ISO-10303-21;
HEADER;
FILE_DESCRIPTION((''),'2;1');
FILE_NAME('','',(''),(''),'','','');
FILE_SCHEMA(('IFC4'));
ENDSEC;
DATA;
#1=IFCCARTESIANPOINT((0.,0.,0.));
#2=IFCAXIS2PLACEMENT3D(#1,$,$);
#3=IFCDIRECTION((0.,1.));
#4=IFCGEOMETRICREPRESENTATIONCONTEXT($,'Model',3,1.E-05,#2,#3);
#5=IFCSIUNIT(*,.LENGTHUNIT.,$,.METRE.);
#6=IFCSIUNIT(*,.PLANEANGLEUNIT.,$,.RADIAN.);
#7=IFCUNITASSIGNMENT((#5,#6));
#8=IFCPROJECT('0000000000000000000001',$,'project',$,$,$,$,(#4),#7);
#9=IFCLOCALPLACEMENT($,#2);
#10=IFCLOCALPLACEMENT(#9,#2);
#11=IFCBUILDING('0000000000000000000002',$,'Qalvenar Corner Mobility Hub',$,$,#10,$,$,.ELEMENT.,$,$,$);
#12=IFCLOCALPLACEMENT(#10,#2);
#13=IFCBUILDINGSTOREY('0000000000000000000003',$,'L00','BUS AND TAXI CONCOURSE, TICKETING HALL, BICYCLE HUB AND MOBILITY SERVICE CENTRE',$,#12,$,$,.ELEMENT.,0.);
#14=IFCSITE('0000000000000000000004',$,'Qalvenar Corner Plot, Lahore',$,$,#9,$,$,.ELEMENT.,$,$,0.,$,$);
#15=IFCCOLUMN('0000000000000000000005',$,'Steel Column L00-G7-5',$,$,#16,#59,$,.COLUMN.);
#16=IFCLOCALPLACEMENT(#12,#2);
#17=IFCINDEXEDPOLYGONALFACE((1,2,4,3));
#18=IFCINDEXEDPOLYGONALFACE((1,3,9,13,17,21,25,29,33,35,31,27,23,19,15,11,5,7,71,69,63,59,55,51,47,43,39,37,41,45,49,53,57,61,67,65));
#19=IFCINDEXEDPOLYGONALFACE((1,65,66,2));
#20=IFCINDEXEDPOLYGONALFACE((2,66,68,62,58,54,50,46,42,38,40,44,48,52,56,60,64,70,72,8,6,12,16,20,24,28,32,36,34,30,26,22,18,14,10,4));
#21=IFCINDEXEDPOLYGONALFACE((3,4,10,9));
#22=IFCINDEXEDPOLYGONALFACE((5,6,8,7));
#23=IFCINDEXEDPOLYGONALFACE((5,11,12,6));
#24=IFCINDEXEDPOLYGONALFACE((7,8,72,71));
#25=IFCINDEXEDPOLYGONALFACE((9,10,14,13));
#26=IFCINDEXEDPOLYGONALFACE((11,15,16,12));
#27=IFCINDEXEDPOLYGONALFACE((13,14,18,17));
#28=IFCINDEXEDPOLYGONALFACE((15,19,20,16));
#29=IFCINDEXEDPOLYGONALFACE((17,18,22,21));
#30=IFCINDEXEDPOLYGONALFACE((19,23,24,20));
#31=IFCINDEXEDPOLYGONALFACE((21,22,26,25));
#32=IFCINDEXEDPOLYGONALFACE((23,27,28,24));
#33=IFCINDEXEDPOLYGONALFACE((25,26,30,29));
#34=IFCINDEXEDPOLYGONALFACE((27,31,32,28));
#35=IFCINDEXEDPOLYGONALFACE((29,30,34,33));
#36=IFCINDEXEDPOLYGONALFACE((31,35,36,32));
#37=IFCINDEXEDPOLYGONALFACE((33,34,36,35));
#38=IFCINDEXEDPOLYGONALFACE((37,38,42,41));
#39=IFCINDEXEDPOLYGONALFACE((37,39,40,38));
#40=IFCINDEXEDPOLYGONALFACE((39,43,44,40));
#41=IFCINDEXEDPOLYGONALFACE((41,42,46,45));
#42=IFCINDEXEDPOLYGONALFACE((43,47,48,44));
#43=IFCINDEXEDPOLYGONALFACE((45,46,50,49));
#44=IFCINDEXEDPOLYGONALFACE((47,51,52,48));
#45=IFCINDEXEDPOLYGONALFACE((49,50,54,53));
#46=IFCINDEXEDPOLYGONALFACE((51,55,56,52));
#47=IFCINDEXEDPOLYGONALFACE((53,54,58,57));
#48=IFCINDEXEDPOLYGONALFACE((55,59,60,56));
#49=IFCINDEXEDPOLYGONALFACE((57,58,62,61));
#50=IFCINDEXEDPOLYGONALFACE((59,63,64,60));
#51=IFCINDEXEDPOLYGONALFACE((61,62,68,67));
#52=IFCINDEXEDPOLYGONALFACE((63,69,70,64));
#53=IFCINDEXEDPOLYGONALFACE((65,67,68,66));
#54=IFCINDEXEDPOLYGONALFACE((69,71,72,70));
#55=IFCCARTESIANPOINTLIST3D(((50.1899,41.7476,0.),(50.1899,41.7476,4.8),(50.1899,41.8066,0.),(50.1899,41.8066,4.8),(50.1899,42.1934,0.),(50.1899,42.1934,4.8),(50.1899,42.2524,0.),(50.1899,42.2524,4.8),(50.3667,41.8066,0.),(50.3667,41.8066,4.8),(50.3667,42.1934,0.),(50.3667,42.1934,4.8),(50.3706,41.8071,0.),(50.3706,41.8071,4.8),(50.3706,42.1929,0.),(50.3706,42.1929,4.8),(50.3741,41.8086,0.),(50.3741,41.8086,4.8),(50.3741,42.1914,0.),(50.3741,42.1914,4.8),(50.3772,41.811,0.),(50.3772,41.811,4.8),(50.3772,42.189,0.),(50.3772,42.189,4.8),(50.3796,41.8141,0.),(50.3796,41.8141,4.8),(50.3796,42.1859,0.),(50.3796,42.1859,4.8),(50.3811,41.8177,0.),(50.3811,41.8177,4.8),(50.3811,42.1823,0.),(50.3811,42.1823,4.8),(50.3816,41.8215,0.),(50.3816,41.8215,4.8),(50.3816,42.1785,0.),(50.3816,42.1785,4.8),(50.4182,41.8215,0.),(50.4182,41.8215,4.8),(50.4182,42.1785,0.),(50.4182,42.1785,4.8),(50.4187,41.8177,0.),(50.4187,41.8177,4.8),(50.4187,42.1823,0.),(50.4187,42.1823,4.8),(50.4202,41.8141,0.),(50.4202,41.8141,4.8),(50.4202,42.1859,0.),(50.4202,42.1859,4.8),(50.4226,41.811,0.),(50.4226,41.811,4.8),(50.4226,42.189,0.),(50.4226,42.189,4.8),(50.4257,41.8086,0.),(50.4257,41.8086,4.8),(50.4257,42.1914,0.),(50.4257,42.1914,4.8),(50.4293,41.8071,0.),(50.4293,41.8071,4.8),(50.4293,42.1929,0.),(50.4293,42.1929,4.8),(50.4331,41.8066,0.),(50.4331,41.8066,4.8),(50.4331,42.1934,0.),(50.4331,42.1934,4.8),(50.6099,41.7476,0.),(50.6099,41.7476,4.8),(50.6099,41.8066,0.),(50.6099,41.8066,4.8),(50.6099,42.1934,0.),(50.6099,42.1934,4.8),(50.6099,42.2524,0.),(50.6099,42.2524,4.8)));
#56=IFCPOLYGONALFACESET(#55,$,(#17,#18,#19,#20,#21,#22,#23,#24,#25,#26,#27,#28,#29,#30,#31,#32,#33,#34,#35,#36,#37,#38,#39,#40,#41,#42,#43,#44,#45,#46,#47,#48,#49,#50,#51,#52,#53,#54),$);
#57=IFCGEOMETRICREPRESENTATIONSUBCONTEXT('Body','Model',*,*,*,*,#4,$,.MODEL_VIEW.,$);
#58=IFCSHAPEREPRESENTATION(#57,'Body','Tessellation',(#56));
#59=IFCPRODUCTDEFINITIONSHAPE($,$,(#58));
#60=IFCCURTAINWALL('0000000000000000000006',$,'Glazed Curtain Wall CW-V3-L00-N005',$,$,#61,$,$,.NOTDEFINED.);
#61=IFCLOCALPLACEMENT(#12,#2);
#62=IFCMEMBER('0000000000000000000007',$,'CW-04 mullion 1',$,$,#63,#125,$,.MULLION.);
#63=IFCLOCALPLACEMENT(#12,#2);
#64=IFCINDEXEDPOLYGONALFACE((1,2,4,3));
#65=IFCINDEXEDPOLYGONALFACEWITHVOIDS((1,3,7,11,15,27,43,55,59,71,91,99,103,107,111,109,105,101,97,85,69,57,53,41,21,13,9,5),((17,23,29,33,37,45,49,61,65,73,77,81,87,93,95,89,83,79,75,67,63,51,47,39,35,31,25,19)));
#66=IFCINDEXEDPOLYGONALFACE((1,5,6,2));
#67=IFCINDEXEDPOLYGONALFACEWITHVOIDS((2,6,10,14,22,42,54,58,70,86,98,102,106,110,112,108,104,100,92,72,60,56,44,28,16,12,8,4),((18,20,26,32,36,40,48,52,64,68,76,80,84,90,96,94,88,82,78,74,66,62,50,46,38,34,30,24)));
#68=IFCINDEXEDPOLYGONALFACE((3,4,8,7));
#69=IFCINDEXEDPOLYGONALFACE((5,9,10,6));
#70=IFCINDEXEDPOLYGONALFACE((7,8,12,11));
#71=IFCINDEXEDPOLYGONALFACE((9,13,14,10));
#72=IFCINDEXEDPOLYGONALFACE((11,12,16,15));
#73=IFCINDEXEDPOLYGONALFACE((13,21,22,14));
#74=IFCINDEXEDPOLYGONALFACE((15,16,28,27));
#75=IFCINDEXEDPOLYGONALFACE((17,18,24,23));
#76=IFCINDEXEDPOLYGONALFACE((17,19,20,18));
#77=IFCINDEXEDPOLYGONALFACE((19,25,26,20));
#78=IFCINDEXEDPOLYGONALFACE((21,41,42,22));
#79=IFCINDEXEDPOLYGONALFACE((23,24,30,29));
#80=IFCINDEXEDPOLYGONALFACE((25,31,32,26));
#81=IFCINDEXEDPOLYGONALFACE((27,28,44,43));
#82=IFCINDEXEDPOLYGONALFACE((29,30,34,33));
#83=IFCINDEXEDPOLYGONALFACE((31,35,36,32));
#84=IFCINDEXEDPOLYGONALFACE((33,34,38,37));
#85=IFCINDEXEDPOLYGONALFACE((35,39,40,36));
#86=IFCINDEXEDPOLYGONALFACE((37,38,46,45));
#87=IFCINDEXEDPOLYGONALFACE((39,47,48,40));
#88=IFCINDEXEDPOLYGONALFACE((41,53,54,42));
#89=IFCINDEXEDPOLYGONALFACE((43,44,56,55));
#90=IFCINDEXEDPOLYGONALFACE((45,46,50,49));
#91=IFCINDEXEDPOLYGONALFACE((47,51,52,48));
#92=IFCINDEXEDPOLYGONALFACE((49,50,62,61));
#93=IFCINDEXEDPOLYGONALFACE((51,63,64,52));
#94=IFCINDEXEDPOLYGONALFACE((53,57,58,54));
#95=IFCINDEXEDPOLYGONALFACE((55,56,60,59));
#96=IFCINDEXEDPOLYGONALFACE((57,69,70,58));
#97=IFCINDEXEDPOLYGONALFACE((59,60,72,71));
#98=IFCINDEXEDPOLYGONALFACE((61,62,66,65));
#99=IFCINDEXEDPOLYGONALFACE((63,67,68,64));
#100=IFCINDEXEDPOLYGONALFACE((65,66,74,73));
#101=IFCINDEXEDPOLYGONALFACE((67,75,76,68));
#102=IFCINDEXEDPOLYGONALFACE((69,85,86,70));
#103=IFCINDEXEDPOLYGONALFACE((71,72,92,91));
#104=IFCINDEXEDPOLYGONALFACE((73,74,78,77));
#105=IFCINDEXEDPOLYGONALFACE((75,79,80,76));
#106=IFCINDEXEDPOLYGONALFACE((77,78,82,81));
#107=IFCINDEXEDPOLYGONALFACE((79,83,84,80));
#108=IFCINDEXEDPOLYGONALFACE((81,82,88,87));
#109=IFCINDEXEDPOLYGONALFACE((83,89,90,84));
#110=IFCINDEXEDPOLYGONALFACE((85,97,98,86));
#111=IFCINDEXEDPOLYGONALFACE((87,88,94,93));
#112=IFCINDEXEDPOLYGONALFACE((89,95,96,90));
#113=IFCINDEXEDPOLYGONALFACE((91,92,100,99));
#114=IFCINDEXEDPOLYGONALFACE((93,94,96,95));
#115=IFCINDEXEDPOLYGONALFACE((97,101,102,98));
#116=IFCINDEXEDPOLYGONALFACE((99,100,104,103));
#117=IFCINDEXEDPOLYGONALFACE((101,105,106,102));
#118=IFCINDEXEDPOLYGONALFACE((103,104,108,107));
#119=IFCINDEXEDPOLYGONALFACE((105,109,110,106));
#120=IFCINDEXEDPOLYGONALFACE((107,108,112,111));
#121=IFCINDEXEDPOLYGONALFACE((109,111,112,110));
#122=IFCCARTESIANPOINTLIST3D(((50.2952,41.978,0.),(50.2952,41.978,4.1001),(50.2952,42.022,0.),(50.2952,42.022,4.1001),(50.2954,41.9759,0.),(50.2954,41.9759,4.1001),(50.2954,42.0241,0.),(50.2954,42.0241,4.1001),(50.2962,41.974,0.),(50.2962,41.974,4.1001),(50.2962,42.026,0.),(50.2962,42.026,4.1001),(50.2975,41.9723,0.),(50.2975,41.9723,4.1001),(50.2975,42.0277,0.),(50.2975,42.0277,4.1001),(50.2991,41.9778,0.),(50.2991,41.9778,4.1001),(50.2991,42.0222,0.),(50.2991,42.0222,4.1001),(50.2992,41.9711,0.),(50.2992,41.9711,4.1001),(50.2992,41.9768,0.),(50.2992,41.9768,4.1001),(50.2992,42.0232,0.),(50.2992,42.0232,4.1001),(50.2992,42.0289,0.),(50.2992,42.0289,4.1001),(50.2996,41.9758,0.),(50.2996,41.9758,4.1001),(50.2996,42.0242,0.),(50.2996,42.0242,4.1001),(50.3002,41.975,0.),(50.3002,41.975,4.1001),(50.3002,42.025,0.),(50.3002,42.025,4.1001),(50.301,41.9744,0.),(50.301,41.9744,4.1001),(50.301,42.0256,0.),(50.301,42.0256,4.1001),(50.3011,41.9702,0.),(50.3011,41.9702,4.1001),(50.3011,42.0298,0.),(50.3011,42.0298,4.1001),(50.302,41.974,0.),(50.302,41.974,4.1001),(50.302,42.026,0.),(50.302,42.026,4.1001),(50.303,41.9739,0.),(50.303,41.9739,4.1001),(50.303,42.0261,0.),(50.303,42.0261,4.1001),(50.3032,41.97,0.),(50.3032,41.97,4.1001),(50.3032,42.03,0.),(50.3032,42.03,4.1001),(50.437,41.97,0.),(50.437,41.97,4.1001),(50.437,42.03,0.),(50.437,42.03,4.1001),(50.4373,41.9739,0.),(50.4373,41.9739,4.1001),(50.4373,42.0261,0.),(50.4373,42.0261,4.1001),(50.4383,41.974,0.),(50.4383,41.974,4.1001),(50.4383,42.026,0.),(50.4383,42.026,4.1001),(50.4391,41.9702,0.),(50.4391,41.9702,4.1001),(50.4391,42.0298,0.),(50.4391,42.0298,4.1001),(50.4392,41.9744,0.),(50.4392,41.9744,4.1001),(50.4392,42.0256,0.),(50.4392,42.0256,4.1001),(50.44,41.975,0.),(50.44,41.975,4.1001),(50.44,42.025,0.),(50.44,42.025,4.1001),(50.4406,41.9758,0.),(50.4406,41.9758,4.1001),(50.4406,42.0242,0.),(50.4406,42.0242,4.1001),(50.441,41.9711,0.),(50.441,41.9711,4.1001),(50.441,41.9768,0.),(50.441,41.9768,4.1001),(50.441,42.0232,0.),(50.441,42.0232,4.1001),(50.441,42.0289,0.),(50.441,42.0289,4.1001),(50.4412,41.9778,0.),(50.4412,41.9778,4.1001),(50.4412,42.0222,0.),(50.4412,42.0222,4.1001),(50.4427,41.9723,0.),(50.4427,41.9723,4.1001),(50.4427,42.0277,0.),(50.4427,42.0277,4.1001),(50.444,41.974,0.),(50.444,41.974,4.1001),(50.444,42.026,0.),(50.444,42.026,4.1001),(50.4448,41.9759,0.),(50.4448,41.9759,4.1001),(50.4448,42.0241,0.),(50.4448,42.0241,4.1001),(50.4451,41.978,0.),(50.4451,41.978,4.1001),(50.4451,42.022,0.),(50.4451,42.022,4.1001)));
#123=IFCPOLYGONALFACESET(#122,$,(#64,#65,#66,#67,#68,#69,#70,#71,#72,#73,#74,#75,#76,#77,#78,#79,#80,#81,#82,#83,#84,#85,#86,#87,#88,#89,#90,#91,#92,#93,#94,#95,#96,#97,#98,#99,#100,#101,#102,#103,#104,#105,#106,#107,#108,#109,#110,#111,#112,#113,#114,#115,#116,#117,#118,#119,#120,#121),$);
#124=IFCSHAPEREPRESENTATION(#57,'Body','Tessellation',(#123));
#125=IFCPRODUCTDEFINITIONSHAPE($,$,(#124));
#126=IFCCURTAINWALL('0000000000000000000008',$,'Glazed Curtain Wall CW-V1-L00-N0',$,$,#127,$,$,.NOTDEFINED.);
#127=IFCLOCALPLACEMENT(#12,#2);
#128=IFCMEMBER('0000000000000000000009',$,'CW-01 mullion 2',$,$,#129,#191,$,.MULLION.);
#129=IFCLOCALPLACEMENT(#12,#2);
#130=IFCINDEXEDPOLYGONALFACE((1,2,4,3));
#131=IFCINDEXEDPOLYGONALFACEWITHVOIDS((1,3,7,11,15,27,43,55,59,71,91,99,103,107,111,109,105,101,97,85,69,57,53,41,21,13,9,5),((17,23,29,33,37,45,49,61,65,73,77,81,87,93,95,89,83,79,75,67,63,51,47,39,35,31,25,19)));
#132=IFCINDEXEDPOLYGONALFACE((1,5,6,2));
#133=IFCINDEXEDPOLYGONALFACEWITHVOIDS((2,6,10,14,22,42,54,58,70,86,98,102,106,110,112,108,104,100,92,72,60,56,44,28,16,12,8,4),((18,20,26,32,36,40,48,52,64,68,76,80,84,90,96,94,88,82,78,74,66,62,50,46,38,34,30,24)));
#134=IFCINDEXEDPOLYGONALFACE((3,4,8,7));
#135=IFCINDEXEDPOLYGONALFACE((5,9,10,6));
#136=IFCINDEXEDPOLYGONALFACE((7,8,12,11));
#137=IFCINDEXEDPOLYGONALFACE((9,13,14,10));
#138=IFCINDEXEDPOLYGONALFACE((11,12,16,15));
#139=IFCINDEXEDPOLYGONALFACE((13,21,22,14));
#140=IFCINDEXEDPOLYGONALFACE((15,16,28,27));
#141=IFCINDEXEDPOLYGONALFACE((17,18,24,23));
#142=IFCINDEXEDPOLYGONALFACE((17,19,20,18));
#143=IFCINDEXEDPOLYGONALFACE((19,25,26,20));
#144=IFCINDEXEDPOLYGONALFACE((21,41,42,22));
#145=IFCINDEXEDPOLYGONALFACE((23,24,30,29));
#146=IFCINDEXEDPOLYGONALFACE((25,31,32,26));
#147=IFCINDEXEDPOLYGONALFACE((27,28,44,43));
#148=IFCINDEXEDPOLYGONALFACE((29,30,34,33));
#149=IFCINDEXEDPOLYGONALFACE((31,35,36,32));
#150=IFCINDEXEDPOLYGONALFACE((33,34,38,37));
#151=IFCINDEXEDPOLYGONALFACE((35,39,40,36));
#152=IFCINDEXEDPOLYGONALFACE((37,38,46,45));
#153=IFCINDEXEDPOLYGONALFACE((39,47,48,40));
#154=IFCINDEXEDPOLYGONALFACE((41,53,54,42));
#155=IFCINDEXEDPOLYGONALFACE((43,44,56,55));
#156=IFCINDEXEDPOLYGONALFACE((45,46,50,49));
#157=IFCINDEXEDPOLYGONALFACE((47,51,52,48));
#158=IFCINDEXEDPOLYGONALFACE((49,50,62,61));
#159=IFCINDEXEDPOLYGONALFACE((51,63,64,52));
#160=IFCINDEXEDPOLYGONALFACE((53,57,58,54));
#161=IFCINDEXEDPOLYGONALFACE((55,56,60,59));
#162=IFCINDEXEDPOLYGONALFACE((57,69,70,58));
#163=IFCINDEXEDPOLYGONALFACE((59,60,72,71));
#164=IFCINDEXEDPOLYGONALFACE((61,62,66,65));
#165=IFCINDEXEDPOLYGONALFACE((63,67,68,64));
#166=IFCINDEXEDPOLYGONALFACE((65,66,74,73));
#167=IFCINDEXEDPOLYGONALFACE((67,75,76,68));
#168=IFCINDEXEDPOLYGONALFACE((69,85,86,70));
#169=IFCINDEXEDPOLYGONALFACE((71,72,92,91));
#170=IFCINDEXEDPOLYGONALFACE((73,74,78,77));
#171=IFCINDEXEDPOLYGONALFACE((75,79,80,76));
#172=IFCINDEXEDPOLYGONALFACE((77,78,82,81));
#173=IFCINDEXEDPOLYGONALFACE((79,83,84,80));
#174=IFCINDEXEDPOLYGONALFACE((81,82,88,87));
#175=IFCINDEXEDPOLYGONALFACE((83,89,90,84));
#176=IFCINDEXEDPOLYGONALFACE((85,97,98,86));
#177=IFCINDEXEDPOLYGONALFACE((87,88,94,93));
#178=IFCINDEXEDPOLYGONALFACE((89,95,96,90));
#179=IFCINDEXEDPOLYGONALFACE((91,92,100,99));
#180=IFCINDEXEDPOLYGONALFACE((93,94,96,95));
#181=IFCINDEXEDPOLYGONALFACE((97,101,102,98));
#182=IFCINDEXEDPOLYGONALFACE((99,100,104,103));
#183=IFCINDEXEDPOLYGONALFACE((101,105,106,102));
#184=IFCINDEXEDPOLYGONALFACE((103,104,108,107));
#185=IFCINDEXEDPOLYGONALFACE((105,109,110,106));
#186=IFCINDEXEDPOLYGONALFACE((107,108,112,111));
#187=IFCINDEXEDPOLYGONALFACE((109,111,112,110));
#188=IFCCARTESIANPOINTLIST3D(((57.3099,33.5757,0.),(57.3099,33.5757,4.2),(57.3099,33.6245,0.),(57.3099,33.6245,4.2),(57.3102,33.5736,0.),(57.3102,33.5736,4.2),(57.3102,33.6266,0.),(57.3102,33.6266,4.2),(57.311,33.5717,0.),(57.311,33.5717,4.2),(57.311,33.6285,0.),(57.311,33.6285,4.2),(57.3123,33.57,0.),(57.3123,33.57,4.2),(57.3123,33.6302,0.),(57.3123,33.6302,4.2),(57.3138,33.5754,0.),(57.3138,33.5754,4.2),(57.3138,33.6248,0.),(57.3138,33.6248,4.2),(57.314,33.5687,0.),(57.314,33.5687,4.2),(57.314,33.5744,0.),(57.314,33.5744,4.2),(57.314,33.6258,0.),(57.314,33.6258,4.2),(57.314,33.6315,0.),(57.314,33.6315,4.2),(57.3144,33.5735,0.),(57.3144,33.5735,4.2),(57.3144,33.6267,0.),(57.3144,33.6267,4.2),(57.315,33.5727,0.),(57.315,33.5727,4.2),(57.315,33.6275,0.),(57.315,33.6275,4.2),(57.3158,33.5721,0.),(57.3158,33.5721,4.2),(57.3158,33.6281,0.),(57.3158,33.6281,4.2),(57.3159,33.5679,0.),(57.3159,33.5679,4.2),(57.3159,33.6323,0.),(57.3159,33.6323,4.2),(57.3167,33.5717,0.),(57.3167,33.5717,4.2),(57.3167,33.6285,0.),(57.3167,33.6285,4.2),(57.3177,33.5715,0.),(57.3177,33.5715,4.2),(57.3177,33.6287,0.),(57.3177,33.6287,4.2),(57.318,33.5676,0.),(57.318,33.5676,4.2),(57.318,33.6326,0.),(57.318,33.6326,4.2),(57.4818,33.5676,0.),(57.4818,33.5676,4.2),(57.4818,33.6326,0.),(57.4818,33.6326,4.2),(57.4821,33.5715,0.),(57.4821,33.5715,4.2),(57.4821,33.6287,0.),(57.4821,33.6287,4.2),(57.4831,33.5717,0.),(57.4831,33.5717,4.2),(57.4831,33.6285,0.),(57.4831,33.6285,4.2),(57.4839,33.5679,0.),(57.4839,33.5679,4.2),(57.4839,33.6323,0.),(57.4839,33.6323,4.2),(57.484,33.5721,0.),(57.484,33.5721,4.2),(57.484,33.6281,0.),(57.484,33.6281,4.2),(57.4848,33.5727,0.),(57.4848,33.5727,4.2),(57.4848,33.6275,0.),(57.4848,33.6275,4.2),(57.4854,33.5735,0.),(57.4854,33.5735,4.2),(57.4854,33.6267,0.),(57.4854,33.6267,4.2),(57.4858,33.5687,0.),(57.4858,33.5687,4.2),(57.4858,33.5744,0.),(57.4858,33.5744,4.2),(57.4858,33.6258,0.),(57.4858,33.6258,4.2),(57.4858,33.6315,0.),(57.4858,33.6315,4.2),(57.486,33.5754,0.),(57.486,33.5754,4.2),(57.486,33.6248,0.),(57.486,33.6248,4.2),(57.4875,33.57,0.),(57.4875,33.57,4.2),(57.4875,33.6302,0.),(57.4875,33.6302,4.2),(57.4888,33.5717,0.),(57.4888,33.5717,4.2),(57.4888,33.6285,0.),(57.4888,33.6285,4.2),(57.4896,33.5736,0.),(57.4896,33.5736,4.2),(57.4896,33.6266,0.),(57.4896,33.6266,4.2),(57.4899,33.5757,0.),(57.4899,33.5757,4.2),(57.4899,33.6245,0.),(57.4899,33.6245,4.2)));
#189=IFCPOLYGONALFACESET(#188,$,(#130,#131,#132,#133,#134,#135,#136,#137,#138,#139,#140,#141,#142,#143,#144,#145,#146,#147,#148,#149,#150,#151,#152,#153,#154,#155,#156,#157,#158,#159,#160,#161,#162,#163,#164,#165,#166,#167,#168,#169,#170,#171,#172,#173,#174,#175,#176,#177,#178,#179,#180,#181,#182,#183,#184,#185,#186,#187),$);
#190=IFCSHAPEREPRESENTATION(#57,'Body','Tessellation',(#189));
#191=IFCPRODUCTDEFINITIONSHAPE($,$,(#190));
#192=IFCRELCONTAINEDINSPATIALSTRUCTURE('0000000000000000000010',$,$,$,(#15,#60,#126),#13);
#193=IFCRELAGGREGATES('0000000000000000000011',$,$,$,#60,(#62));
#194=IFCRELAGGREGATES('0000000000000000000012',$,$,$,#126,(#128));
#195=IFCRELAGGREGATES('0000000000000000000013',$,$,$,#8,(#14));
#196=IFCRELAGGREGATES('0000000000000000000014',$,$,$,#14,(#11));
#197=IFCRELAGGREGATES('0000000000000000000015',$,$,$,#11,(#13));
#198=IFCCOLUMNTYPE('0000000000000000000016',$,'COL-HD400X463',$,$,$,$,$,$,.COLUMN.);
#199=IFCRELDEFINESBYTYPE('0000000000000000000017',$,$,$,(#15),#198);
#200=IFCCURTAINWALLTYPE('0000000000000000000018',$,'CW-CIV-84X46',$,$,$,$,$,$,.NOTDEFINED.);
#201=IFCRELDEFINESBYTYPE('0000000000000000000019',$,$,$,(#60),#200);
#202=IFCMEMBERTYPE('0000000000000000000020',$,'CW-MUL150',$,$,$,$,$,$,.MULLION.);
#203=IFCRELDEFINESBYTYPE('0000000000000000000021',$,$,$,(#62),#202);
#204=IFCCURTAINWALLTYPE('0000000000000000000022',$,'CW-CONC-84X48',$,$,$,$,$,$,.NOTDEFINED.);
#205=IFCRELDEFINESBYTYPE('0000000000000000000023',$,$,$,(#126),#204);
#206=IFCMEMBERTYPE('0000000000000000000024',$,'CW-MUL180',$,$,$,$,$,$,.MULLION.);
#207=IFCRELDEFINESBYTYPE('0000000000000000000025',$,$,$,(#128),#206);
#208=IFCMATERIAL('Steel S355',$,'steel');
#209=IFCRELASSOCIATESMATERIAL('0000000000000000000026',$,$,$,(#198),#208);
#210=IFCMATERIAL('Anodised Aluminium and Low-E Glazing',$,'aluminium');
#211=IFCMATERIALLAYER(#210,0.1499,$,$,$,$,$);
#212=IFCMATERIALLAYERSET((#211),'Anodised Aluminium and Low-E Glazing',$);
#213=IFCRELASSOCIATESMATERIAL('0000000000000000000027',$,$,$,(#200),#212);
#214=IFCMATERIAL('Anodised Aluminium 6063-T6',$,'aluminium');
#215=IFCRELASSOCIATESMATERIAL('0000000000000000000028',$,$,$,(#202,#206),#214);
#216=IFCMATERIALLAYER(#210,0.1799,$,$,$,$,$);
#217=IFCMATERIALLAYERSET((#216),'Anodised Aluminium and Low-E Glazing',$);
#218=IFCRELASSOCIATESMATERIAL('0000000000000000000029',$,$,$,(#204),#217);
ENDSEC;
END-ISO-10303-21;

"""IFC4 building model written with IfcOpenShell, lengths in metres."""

from ifc_helpers import new_model, si_unit, direction, frame, origin, origin_2d, place, context, subcontext, project, spatial, hollow_rectangle, i_section, extrude, material, layer, layer_set, material_profile, profile_set, type_object, element, aggregate, save


model = new_model("IFC4")

# Units and contexts
model_context = context("Model", 3, precision=1e-05, world=origin(), true_north=direction((0.0, 1.0)))
body_context = subcontext(model_context, "Body", "Model", "MODEL_VIEW")
ifc_project = project(units=[si_unit("LENGTHUNIT", "METRE"), si_unit("PLANEANGLEUNIT", "RADIAN")], contexts=[model_context])

# Site, building, storey
site_placement = place(None, origin())
site = spatial("IfcSite", under=ifc_project, at=site_placement, Name="Qalvenar Corner Plot, Lahore", CompositionType="ELEMENT", RefElevation=0.0)
building_placement = place(site_placement, origin())
building = spatial("IfcBuilding", under=site, at=building_placement, Name="Qalvenar Corner Mobility Hub", CompositionType="ELEMENT")
storey_placement = place(building_placement, origin())
storey = spatial("IfcBuildingStorey", under=building, at=storey_placement, Name="L00", Description="BUS AND TAXI CONCOURSE, TICKETING HALL, BICYCLE HUB AND MOBILITY SERVICE CENTRE", CompositionType="ELEMENT", Elevation=0.0)

# Column
ifc_material_1 = material(Name="Steel S355", Category="steel")
ifc_material_profile_1 = material_profile(ifc_material_1, i_section(OverallWidth=0.4199, OverallDepth=0.5049, WebThickness=0.0366, FlangeThickness=0.0591, FilletRadius=0.0149, at=origin_2d()), Name="HD400x551")
ifc_profile_set_1 = profile_set([ifc_material_profile_1], Name="Steel S355")
column_type = type_object("IfcColumnType", Name="COL-HD400X463", PredefinedType="COLUMN", material=ifc_profile_set_1)
column_placement = place(storey_placement, frame((50.3999, 42.0, 0.0), z_axis=(0.0, 0.0, 1.0), x_axis=(1.0, 0.0, 0.0)))
element("IfcColumn", 1, at=column_placement, inside=storey, type_object=column_type, Name="Steel Column L00-G7-5", PredefinedType="COLUMN", context=body_context, shape_type="SweptSolid", body=[
    extrude(i_section(OverallWidth=0.4199, OverallDepth=0.5049, WebThickness=0.0366, FlangeThickness=0.0591, FilletRadius=0.0149, at=origin_2d()), origin(), (0.0, 0.0, 1.0), 4.8),
])

# Curtain wall, member
ifc_material_2 = material(Name="Anodised Aluminium and Low-E Glazing", Category="aluminium")
ifc_layer_1 = layer(ifc_material_2, 0.1499)
ifc_layer_set_1 = layer_set([ifc_layer_1], Name="Anodised Aluminium and Low-E Glazing")
curtain_wall_type_1 = type_object("IfcCurtainWallType", Name="CW-CIV-84X46", PredefinedType="NOTDEFINED", material=ifc_layer_set_1)
curtain_wall_1_placement = place(storey_placement, origin())
curtain_wall_1 = element("IfcCurtainWall", 2, at=curtain_wall_1_placement, inside=storey, type_object=curtain_wall_type_1, Name="Glazed Curtain Wall CW-V3-L00-N005", PredefinedType="NOTDEFINED")
ifc_material_3 = material(Name="Anodised Aluminium 6063-T6", Category="aluminium")
ifc_material_profile_2 = material_profile(ifc_material_3, hollow_rectangle(XDim=0.0601, YDim=0.1499, WallThickness=0.0039, InnerFilletRadius=0.0039, OuterFilletRadius=0.0081, at=origin_2d()), Name="RHS150x60x4")
ifc_profile_set_2 = profile_set([ifc_material_profile_2], Name="Anodised Aluminium 6063-T6")
member_type_1 = type_object("IfcMemberType", Name="CW-MUL150", PredefinedType="MULLION", material=ifc_profile_set_2)
member_1_placement = place(storey_placement, frame((50.3701, 42.0, 0.0), z_axis=(0.0, 0.0, 1.0), x_axis=(0.0, -1.0, 0.0)))
member_1 = element("IfcMember", 3, at=member_1_placement, type_object=member_type_1, Name="CW-04 mullion 1", PredefinedType="MULLION", context=body_context, shape_type="SweptSolid", body=[
    extrude(hollow_rectangle(XDim=0.0601, YDim=0.1499, WallThickness=0.0039, InnerFilletRadius=0.0039, OuterFilletRadius=0.0081, at=origin_2d()), origin(), (0.0, 0.0, 1.0), 4.1001),
])
aggregate(curtain_wall_1, [member_1])

# Curtain wall, member
ifc_layer_2 = layer(ifc_material_2, 0.1799)
ifc_layer_set_2 = layer_set([ifc_layer_2], Name="Anodised Aluminium and Low-E Glazing")
curtain_wall_type_2 = type_object("IfcCurtainWallType", Name="CW-CONC-84X48", PredefinedType="NOTDEFINED", material=ifc_layer_set_2)
curtain_wall_2_placement = place(storey_placement, origin())
curtain_wall_2 = element("IfcCurtainWall", 4, at=curtain_wall_2_placement, inside=storey, type_object=curtain_wall_type_2, Name="Glazed Curtain Wall CW-V1-L00-N0", PredefinedType="NOTDEFINED")
ifc_material_profile_3 = material_profile(ifc_material_3, hollow_rectangle(XDim=0.0649, YDim=0.1799, WallThickness=0.0039, InnerFilletRadius=0.0039, OuterFilletRadius=0.0081, at=origin_2d()), Name="RHS180x65x4")
ifc_profile_set_3 = profile_set([ifc_material_profile_3], Name="Anodised Aluminium 6063-T6")
member_type_2 = type_object("IfcMemberType", Name="CW-MUL180", PredefinedType="MULLION", material=ifc_profile_set_3)
member_2_placement = place(storey_placement, frame((57.3999, 33.6001, 0.0), z_axis=(0.0, 0.0, 1.0), x_axis=(0.0, -1.0, 0.0)))
member_2 = element("IfcMember", 5, at=member_2_placement, type_object=member_type_2, Name="CW-01 mullion 2", PredefinedType="MULLION", context=body_context, shape_type="SweptSolid", body=[
    extrude(hollow_rectangle(XDim=0.0649, YDim=0.1799, WallThickness=0.0039, InnerFilletRadius=0.0039, OuterFilletRadius=0.0081, at=origin_2d()), origin(), (0.0, 0.0, 1.0), 4.2),
])
aggregate(curtain_wall_2, [member_2])

save(model, "model.ifc")
